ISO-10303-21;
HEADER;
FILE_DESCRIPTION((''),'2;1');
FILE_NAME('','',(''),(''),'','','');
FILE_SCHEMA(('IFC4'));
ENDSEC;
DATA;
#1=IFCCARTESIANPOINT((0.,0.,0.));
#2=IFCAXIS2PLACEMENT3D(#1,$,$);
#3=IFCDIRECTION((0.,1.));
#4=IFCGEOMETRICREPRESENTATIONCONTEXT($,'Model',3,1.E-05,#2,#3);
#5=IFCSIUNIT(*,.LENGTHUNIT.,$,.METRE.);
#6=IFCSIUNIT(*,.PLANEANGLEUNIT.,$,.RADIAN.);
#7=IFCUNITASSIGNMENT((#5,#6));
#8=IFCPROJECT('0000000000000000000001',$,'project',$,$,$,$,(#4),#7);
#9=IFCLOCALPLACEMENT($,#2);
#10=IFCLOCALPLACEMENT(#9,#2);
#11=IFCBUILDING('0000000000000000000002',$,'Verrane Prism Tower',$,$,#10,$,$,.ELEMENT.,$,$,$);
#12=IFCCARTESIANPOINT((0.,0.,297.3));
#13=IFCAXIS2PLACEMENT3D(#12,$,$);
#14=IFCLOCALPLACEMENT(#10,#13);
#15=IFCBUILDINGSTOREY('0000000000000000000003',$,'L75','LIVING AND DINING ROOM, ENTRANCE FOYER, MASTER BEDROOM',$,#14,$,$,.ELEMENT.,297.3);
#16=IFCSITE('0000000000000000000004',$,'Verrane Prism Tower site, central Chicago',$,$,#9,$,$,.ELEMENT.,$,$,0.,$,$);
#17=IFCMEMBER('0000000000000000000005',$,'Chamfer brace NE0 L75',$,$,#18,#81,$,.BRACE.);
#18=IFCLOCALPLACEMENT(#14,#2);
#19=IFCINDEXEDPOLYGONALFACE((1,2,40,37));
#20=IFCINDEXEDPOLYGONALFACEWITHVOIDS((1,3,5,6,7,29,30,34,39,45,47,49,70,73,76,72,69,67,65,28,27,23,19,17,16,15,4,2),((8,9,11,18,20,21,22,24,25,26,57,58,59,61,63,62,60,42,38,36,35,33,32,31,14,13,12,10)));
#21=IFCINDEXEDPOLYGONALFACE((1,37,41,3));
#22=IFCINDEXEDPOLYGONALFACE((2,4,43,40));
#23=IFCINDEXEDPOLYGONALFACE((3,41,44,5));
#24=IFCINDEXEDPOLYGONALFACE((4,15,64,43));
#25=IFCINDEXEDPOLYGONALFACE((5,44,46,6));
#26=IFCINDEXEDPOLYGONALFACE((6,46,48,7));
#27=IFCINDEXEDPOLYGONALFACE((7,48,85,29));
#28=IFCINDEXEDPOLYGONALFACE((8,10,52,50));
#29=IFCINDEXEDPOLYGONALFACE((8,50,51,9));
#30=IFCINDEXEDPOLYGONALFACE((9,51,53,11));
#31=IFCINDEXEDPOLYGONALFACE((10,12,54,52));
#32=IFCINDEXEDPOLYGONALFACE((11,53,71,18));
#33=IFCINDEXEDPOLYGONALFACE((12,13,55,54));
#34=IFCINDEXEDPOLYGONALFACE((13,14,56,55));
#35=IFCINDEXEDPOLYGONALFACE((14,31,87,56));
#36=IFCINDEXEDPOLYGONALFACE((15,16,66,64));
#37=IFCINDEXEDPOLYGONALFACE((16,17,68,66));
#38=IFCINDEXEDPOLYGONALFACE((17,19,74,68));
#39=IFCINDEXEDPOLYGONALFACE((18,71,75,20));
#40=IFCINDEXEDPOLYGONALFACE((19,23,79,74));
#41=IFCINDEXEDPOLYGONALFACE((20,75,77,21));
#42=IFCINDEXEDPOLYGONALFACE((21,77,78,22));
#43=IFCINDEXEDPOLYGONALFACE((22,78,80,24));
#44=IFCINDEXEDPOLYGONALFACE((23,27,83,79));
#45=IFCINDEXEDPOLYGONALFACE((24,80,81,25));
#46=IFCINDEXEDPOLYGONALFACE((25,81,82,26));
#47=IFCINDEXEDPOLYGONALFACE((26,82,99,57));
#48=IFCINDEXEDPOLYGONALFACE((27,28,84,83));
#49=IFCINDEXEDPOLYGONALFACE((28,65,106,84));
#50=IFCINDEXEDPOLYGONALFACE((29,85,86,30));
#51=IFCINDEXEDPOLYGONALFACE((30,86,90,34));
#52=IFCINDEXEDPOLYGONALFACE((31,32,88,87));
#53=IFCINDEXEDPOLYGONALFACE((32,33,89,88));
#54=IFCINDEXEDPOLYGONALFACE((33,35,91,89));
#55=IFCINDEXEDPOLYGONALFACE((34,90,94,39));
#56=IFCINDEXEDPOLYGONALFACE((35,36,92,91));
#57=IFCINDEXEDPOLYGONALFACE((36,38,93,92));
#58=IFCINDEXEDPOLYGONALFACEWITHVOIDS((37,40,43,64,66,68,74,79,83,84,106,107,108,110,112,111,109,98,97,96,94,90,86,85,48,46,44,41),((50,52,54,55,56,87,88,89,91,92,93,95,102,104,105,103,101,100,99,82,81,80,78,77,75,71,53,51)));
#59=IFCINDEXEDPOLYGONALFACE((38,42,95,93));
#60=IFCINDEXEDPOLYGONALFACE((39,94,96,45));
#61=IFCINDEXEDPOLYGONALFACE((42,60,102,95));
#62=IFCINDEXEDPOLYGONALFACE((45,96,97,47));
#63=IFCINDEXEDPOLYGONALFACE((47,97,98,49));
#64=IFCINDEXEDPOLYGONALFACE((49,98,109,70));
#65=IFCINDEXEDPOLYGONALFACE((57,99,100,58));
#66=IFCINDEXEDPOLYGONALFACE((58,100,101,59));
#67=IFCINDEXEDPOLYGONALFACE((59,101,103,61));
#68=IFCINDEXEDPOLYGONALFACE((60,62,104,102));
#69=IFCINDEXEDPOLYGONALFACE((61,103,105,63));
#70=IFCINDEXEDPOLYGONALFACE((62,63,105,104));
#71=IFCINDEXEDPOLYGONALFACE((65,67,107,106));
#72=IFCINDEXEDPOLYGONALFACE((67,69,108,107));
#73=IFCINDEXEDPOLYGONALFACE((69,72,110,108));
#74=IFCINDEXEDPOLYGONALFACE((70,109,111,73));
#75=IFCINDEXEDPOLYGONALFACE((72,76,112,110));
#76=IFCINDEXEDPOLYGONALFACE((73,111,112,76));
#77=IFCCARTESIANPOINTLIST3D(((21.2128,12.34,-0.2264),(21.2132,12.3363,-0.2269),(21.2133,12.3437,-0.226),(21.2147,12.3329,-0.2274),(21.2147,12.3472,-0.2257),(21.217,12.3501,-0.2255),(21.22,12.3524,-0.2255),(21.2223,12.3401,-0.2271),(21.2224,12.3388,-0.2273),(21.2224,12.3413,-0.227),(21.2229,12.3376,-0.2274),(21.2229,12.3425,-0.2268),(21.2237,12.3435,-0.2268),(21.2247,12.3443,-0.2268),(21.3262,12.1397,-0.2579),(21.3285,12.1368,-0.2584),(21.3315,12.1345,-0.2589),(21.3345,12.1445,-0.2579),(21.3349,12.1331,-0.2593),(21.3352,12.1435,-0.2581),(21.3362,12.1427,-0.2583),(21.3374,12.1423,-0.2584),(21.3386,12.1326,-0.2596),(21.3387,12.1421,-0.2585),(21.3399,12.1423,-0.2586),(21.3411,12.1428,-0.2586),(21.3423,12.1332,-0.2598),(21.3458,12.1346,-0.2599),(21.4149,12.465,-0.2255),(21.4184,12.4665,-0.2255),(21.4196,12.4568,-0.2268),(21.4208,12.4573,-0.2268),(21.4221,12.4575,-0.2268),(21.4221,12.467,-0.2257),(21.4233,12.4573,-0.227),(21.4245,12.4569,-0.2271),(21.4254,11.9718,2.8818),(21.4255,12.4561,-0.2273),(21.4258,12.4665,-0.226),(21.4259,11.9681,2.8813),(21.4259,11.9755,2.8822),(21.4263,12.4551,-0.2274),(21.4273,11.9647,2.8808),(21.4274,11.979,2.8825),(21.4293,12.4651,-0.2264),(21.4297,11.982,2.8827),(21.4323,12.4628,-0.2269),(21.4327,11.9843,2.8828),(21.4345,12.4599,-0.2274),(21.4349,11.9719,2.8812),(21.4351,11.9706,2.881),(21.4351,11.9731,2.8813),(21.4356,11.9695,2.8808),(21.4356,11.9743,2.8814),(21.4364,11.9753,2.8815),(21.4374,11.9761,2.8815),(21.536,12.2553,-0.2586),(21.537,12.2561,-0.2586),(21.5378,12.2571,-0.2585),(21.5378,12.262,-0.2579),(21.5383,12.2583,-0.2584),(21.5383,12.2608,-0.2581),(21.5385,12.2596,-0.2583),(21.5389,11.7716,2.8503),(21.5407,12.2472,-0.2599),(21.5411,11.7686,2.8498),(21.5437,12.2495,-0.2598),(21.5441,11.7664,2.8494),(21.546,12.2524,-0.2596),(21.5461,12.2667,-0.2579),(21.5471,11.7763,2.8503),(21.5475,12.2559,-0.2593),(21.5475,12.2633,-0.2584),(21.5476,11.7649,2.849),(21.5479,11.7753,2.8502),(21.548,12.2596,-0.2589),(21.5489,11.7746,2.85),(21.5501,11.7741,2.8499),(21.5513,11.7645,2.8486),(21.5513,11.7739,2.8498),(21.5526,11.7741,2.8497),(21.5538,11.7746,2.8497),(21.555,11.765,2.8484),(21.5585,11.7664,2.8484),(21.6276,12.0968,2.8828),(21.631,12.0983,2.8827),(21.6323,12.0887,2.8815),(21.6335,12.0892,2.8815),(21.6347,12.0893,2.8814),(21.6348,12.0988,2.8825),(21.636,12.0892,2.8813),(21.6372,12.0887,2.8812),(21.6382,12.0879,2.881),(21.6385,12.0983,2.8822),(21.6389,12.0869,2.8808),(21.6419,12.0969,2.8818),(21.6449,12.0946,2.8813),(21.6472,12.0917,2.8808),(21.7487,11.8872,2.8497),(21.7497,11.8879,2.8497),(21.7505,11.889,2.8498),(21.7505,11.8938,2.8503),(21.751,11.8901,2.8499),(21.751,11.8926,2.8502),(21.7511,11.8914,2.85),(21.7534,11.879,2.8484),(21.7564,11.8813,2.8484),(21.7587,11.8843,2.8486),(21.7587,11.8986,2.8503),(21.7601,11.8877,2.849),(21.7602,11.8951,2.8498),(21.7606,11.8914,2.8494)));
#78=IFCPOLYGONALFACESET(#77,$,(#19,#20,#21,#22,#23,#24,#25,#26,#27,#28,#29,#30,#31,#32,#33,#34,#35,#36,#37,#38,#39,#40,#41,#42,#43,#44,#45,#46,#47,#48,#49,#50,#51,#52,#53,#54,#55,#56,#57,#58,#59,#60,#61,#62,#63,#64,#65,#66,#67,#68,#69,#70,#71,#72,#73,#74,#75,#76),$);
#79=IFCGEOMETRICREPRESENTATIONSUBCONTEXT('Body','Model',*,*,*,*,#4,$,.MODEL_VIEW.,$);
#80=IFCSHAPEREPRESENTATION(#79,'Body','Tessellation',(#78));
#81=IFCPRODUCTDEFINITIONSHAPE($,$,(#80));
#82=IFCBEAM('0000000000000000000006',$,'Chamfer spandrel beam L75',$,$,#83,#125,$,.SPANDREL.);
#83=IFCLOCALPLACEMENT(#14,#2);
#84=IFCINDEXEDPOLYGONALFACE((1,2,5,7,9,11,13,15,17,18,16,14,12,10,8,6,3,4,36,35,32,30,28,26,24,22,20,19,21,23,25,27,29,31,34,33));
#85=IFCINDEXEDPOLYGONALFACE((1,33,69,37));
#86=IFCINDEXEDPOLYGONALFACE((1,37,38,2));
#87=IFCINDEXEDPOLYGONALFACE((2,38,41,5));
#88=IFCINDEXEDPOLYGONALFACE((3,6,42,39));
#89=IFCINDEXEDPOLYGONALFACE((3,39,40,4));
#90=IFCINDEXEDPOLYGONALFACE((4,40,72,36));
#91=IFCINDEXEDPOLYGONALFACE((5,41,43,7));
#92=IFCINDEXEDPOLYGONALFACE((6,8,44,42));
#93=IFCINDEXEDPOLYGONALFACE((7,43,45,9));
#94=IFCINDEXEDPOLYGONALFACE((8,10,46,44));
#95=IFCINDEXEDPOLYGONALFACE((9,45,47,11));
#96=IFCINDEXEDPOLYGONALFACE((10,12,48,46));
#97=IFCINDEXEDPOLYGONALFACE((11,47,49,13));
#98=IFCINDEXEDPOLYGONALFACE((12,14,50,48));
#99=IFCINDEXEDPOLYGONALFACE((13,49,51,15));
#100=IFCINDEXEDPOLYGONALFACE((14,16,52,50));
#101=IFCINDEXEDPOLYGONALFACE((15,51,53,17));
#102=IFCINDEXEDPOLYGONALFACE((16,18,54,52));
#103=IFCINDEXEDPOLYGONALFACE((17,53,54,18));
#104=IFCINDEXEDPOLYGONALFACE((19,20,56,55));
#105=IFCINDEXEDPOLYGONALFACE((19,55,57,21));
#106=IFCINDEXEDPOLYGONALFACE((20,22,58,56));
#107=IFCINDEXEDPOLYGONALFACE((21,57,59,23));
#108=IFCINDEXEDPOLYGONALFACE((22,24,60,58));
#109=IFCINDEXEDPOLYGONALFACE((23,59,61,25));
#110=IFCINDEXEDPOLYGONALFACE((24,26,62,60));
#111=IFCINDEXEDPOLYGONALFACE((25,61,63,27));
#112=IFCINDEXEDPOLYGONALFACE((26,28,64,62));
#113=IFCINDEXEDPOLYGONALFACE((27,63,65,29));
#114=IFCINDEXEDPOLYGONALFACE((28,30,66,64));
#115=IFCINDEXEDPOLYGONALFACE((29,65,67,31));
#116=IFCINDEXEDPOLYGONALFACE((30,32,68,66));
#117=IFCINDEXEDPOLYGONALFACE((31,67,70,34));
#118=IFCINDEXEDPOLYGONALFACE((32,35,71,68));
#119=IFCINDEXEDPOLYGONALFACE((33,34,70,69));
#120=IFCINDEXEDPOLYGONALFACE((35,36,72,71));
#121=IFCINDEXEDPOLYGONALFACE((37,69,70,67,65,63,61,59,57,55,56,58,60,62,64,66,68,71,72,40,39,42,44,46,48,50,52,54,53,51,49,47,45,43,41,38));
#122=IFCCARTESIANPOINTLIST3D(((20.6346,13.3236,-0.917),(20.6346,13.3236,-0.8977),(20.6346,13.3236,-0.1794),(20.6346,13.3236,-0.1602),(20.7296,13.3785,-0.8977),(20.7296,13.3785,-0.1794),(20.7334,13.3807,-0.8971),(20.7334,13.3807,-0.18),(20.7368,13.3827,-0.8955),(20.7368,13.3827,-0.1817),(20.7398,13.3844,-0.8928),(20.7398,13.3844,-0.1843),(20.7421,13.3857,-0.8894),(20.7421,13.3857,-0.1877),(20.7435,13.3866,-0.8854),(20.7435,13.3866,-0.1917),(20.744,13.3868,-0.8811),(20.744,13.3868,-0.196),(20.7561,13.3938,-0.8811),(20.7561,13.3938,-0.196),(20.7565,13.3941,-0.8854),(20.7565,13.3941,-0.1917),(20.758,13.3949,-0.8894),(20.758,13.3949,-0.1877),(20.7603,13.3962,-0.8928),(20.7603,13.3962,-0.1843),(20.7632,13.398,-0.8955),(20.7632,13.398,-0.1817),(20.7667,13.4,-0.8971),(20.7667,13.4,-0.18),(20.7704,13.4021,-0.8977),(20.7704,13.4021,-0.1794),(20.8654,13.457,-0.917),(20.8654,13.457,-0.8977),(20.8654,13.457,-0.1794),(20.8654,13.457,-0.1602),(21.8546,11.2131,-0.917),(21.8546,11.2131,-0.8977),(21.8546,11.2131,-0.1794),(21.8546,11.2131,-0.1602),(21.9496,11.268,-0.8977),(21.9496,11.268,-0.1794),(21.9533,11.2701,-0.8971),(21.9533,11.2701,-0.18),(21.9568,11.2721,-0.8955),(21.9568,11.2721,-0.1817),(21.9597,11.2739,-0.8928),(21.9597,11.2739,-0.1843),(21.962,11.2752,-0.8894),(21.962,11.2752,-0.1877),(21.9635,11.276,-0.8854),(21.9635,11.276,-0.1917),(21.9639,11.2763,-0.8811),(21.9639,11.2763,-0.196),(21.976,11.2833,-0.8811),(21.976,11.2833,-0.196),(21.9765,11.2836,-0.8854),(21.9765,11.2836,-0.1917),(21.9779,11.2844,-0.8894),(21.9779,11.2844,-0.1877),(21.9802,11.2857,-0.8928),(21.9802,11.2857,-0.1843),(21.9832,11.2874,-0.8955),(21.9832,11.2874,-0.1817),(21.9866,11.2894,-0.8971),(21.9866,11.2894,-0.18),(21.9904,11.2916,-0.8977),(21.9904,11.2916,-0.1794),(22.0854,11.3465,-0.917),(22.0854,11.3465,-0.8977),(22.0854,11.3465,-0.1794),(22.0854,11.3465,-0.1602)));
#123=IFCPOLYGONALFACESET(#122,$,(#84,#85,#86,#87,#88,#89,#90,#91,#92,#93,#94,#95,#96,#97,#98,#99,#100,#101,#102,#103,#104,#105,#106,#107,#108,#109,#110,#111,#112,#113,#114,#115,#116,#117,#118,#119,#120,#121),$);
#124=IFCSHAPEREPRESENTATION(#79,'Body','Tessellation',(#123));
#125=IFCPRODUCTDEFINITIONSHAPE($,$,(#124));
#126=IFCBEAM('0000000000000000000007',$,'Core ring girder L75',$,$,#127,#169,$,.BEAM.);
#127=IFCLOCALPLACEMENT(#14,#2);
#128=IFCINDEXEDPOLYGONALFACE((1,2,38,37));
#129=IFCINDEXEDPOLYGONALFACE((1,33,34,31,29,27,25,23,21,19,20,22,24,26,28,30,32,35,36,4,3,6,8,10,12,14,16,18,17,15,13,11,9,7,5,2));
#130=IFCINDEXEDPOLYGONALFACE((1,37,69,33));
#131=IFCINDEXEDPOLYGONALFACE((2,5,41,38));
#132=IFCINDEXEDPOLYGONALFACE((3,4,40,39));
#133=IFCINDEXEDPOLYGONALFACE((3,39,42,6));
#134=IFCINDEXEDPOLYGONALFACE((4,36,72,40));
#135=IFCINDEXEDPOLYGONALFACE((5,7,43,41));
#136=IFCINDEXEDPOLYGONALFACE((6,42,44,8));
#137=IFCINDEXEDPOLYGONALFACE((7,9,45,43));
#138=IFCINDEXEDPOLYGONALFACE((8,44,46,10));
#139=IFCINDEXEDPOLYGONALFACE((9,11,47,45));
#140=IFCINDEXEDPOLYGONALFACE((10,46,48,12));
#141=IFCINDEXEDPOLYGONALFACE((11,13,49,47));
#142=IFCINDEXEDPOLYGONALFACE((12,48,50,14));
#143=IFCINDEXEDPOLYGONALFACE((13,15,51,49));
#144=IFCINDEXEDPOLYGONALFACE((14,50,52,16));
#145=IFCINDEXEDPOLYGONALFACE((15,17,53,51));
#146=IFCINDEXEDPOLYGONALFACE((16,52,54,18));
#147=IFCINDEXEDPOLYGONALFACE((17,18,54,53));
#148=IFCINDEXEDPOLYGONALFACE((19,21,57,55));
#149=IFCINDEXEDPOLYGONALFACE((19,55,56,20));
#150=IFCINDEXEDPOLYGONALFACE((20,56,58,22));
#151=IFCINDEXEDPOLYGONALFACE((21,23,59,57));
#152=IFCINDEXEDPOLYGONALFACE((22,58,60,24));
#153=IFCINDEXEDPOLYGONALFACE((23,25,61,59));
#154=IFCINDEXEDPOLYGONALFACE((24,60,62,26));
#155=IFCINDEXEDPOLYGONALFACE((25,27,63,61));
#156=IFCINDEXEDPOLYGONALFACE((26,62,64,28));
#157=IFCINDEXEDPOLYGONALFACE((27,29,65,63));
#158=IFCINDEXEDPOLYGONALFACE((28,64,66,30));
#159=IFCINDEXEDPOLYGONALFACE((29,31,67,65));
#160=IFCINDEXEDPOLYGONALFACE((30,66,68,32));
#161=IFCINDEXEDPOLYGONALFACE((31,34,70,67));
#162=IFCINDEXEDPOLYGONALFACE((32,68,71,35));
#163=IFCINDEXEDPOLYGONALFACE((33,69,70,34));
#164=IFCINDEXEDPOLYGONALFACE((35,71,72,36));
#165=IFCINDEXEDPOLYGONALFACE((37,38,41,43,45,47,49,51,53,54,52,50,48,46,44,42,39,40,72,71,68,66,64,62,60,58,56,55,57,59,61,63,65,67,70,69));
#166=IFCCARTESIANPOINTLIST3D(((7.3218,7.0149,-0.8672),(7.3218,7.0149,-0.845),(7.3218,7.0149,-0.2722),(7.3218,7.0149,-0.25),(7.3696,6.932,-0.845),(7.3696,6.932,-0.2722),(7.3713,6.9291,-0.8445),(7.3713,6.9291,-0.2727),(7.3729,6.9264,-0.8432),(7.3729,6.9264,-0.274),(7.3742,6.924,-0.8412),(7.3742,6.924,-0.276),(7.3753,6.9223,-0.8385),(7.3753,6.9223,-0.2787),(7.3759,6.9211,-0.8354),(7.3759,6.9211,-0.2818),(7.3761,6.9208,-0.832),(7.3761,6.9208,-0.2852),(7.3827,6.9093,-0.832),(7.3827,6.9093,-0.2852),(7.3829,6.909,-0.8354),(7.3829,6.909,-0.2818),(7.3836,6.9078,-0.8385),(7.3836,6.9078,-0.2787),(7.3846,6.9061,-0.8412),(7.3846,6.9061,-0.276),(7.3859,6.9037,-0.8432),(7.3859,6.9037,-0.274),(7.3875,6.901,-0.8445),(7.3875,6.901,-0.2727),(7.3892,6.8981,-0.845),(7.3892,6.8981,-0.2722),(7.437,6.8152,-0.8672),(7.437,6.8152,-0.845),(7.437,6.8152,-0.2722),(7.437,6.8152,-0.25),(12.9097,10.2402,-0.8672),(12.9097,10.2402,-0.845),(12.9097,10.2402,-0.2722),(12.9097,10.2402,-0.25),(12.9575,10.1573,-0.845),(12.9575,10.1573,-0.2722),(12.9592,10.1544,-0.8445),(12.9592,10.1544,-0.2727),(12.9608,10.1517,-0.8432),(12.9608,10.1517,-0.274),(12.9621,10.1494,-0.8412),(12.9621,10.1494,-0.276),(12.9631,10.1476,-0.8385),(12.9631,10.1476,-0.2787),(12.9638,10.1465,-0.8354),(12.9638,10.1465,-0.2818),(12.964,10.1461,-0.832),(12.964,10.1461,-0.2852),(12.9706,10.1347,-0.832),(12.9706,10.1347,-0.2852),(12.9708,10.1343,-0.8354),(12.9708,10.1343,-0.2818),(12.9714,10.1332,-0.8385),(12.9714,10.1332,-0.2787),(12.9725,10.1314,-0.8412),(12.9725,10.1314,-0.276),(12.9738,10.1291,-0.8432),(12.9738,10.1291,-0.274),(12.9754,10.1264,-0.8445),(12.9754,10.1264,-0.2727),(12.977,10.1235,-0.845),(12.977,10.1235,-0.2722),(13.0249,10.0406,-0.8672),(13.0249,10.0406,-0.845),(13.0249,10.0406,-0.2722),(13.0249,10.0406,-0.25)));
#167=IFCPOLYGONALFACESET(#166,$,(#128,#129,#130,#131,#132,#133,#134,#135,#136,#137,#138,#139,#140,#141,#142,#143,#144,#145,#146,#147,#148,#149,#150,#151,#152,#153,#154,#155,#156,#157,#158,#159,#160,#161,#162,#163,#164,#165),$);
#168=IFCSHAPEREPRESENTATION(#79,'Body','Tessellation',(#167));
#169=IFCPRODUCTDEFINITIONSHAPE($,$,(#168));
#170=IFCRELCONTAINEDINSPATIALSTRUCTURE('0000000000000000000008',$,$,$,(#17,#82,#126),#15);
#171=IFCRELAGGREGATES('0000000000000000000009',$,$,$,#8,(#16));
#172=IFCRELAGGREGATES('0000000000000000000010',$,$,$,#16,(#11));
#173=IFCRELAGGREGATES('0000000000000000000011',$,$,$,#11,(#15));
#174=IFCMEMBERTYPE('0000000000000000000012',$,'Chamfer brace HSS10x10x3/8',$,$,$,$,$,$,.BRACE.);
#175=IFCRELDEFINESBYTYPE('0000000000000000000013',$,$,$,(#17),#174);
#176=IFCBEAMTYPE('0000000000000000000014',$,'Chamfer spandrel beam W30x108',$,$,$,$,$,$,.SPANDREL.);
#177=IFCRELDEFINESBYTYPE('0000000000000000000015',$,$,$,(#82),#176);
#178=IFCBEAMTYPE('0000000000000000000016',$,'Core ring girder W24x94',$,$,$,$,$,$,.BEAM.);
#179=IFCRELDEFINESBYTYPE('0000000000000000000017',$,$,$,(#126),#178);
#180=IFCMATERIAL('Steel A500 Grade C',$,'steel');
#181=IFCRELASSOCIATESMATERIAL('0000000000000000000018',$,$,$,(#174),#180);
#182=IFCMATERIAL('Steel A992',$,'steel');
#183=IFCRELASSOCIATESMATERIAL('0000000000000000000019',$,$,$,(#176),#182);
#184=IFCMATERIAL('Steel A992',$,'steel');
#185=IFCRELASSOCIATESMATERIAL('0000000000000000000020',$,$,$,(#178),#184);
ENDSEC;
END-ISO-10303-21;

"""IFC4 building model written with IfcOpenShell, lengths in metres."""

from ifc_helpers import new_model, si_unit, direction, frame, origin, origin_2d, place, context, subcontext, project, spatial, hollow_rectangle, i_section, extrude, material, material_profile, profile_set, type_object, element, save


model = new_model("IFC4")

# Units and contexts
model_context = context("Model", 3, precision=1e-05, world=origin(), true_north=direction((0.0, 1.0)))
body_context = subcontext(model_context, "Body", "Model", "MODEL_VIEW")
ifc_project = project(units=[si_unit("LENGTHUNIT", "METRE"), si_unit("PLANEANGLEUNIT", "RADIAN")], contexts=[model_context])

# Site, building, storey
site_placement = place(None, origin())
site = spatial("IfcSite", under=ifc_project, at=site_placement, Name="Verrane Prism Tower site, central Chicago", CompositionType="ELEMENT", RefElevation=0.0)
building_placement = place(site_placement, origin())
building = spatial("IfcBuilding", under=site, at=building_placement, Name="Verrane Prism Tower", CompositionType="ELEMENT")
storey_placement = place(building_placement, frame((0.0, 0.0, 297.3)))
storey = spatial("IfcBuildingStorey", under=building, at=storey_placement, Name="L75", Description="LIVING AND DINING ROOM, ENTRANCE FOYER, MASTER BEDROOM", CompositionType="ELEMENT", Elevation=297.3)

# Member
ifc_material_1 = material(Name="Steel A500 Grade C", Category="steel")
ifc_material_profile_1 = material_profile(ifc_material_1, hollow_rectangle(XDim=0.2539, YDim=0.2539, WallThickness=0.0095, InnerFilletRadius=0.0049, OuterFilletRadius=0.0144, at=origin_2d()), Name="HSS10x10x3/8")
ifc_profile_set_1 = profile_set([ifc_material_profile_1], Name="Steel A500 Grade C")
member_type_1 = type_object("IfcMemberType", Name="Chamfer brace HSS10x10x3/8", PredefinedType="BRACE", material=ifc_profile_set_1)
member_1_placement = place(storey_placement, frame((21.3804, 12.2998, -0.2427), z_axis=(0.067784, -0.117358, 0.990774), x_axis=(0.865937, 0.500153, 0.0)))
element("IfcMember", 1, at=member_1_placement, inside=storey, type_object=member_type_1, Name="Chamfer brace NE0 L75", PredefinedType="BRACE", context=body_context, shape_type="SweptSolid", body=[
    extrude(hollow_rectangle(XDim=0.2539, YDim=0.2539, WallThickness=0.0095, InnerFilletRadius=0.0049, OuterFilletRadius=0.0144, at=origin_2d()), origin(), (0.0, 0.0, 1.0), 3.1372),
])

# Beams
ifc_material_2 = material(Name="Steel A992", Category="steel")
ifc_material_profile_2 = material_profile(ifc_material_2, i_section(OverallWidth=0.2666, OverallDepth=0.7568, WebThickness=0.0139, FlangeThickness=0.0193, FilletRadius=0.0166, at=origin_2d()), Name="W30x108")
ifc_profile_set_2 = profile_set([ifc_material_profile_2], Name="Steel A992")
beam_type_1 = type_object("IfcBeamType", Name="Chamfer spandrel beam W30x108", PredefinedType="SPANDREL", material=ifc_profile_set_2)
beam_1_placement = place(storey_placement, frame((21.97, 11.2798, -0.5386), z_axis=(-0.500436, 0.865773, 0.0), x_axis=(-0.865773, -0.500436, 0.0)))
element("IfcBeam", 2, at=beam_1_placement, inside=storey, type_object=beam_type_1, Name="Chamfer spandrel beam L75", PredefinedType="SPANDREL", context=body_context, shape_type="SweptSolid", body=[
    extrude(i_section(OverallWidth=0.2666, OverallDepth=0.7568, WebThickness=0.0139, FlangeThickness=0.0193, FilletRadius=0.0166, at=origin_2d()), origin(), (0.0, 0.0, 1.0), 2.4377),
])
ifc_material_3 = material(Name="Steel A992", Category="steel")
ifc_material_profile_3 = material_profile(ifc_material_3, i_section(OverallWidth=0.2305, OverallDepth=0.6172, WebThickness=0.0132, FlangeThickness=0.0222, FilletRadius=0.0129, at=origin_2d()), Name="W24x94")
ifc_profile_set_3 = profile_set([ifc_material_profile_3], Name="Steel A992")
beam_type_2 = type_object("IfcBeamType", Name="Core ring girder W24x94", PredefinedType="BEAM", material=ifc_profile_set_3)
beam_2_placement = place(storey_placement, frame((12.9673, 10.1404, -0.5586), z_axis=(-0.866081, -0.499904, 0.0), x_axis=(0.499904, -0.866081, 0.0)))
element("IfcBeam", 3, at=beam_2_placement, inside=storey, type_object=beam_type_2, Name="Core ring girder L75", PredefinedType="BEAM", context=body_context, shape_type="SweptSolid", body=[
    extrude(i_section(OverallWidth=0.2305, OverallDepth=0.6172, WebThickness=0.0132, FlangeThickness=0.0222, FilletRadius=0.0129, at=origin_2d()), origin(), (0.0, 0.0, 1.0), 6.4519),
])

save(model, "model.ifc")
